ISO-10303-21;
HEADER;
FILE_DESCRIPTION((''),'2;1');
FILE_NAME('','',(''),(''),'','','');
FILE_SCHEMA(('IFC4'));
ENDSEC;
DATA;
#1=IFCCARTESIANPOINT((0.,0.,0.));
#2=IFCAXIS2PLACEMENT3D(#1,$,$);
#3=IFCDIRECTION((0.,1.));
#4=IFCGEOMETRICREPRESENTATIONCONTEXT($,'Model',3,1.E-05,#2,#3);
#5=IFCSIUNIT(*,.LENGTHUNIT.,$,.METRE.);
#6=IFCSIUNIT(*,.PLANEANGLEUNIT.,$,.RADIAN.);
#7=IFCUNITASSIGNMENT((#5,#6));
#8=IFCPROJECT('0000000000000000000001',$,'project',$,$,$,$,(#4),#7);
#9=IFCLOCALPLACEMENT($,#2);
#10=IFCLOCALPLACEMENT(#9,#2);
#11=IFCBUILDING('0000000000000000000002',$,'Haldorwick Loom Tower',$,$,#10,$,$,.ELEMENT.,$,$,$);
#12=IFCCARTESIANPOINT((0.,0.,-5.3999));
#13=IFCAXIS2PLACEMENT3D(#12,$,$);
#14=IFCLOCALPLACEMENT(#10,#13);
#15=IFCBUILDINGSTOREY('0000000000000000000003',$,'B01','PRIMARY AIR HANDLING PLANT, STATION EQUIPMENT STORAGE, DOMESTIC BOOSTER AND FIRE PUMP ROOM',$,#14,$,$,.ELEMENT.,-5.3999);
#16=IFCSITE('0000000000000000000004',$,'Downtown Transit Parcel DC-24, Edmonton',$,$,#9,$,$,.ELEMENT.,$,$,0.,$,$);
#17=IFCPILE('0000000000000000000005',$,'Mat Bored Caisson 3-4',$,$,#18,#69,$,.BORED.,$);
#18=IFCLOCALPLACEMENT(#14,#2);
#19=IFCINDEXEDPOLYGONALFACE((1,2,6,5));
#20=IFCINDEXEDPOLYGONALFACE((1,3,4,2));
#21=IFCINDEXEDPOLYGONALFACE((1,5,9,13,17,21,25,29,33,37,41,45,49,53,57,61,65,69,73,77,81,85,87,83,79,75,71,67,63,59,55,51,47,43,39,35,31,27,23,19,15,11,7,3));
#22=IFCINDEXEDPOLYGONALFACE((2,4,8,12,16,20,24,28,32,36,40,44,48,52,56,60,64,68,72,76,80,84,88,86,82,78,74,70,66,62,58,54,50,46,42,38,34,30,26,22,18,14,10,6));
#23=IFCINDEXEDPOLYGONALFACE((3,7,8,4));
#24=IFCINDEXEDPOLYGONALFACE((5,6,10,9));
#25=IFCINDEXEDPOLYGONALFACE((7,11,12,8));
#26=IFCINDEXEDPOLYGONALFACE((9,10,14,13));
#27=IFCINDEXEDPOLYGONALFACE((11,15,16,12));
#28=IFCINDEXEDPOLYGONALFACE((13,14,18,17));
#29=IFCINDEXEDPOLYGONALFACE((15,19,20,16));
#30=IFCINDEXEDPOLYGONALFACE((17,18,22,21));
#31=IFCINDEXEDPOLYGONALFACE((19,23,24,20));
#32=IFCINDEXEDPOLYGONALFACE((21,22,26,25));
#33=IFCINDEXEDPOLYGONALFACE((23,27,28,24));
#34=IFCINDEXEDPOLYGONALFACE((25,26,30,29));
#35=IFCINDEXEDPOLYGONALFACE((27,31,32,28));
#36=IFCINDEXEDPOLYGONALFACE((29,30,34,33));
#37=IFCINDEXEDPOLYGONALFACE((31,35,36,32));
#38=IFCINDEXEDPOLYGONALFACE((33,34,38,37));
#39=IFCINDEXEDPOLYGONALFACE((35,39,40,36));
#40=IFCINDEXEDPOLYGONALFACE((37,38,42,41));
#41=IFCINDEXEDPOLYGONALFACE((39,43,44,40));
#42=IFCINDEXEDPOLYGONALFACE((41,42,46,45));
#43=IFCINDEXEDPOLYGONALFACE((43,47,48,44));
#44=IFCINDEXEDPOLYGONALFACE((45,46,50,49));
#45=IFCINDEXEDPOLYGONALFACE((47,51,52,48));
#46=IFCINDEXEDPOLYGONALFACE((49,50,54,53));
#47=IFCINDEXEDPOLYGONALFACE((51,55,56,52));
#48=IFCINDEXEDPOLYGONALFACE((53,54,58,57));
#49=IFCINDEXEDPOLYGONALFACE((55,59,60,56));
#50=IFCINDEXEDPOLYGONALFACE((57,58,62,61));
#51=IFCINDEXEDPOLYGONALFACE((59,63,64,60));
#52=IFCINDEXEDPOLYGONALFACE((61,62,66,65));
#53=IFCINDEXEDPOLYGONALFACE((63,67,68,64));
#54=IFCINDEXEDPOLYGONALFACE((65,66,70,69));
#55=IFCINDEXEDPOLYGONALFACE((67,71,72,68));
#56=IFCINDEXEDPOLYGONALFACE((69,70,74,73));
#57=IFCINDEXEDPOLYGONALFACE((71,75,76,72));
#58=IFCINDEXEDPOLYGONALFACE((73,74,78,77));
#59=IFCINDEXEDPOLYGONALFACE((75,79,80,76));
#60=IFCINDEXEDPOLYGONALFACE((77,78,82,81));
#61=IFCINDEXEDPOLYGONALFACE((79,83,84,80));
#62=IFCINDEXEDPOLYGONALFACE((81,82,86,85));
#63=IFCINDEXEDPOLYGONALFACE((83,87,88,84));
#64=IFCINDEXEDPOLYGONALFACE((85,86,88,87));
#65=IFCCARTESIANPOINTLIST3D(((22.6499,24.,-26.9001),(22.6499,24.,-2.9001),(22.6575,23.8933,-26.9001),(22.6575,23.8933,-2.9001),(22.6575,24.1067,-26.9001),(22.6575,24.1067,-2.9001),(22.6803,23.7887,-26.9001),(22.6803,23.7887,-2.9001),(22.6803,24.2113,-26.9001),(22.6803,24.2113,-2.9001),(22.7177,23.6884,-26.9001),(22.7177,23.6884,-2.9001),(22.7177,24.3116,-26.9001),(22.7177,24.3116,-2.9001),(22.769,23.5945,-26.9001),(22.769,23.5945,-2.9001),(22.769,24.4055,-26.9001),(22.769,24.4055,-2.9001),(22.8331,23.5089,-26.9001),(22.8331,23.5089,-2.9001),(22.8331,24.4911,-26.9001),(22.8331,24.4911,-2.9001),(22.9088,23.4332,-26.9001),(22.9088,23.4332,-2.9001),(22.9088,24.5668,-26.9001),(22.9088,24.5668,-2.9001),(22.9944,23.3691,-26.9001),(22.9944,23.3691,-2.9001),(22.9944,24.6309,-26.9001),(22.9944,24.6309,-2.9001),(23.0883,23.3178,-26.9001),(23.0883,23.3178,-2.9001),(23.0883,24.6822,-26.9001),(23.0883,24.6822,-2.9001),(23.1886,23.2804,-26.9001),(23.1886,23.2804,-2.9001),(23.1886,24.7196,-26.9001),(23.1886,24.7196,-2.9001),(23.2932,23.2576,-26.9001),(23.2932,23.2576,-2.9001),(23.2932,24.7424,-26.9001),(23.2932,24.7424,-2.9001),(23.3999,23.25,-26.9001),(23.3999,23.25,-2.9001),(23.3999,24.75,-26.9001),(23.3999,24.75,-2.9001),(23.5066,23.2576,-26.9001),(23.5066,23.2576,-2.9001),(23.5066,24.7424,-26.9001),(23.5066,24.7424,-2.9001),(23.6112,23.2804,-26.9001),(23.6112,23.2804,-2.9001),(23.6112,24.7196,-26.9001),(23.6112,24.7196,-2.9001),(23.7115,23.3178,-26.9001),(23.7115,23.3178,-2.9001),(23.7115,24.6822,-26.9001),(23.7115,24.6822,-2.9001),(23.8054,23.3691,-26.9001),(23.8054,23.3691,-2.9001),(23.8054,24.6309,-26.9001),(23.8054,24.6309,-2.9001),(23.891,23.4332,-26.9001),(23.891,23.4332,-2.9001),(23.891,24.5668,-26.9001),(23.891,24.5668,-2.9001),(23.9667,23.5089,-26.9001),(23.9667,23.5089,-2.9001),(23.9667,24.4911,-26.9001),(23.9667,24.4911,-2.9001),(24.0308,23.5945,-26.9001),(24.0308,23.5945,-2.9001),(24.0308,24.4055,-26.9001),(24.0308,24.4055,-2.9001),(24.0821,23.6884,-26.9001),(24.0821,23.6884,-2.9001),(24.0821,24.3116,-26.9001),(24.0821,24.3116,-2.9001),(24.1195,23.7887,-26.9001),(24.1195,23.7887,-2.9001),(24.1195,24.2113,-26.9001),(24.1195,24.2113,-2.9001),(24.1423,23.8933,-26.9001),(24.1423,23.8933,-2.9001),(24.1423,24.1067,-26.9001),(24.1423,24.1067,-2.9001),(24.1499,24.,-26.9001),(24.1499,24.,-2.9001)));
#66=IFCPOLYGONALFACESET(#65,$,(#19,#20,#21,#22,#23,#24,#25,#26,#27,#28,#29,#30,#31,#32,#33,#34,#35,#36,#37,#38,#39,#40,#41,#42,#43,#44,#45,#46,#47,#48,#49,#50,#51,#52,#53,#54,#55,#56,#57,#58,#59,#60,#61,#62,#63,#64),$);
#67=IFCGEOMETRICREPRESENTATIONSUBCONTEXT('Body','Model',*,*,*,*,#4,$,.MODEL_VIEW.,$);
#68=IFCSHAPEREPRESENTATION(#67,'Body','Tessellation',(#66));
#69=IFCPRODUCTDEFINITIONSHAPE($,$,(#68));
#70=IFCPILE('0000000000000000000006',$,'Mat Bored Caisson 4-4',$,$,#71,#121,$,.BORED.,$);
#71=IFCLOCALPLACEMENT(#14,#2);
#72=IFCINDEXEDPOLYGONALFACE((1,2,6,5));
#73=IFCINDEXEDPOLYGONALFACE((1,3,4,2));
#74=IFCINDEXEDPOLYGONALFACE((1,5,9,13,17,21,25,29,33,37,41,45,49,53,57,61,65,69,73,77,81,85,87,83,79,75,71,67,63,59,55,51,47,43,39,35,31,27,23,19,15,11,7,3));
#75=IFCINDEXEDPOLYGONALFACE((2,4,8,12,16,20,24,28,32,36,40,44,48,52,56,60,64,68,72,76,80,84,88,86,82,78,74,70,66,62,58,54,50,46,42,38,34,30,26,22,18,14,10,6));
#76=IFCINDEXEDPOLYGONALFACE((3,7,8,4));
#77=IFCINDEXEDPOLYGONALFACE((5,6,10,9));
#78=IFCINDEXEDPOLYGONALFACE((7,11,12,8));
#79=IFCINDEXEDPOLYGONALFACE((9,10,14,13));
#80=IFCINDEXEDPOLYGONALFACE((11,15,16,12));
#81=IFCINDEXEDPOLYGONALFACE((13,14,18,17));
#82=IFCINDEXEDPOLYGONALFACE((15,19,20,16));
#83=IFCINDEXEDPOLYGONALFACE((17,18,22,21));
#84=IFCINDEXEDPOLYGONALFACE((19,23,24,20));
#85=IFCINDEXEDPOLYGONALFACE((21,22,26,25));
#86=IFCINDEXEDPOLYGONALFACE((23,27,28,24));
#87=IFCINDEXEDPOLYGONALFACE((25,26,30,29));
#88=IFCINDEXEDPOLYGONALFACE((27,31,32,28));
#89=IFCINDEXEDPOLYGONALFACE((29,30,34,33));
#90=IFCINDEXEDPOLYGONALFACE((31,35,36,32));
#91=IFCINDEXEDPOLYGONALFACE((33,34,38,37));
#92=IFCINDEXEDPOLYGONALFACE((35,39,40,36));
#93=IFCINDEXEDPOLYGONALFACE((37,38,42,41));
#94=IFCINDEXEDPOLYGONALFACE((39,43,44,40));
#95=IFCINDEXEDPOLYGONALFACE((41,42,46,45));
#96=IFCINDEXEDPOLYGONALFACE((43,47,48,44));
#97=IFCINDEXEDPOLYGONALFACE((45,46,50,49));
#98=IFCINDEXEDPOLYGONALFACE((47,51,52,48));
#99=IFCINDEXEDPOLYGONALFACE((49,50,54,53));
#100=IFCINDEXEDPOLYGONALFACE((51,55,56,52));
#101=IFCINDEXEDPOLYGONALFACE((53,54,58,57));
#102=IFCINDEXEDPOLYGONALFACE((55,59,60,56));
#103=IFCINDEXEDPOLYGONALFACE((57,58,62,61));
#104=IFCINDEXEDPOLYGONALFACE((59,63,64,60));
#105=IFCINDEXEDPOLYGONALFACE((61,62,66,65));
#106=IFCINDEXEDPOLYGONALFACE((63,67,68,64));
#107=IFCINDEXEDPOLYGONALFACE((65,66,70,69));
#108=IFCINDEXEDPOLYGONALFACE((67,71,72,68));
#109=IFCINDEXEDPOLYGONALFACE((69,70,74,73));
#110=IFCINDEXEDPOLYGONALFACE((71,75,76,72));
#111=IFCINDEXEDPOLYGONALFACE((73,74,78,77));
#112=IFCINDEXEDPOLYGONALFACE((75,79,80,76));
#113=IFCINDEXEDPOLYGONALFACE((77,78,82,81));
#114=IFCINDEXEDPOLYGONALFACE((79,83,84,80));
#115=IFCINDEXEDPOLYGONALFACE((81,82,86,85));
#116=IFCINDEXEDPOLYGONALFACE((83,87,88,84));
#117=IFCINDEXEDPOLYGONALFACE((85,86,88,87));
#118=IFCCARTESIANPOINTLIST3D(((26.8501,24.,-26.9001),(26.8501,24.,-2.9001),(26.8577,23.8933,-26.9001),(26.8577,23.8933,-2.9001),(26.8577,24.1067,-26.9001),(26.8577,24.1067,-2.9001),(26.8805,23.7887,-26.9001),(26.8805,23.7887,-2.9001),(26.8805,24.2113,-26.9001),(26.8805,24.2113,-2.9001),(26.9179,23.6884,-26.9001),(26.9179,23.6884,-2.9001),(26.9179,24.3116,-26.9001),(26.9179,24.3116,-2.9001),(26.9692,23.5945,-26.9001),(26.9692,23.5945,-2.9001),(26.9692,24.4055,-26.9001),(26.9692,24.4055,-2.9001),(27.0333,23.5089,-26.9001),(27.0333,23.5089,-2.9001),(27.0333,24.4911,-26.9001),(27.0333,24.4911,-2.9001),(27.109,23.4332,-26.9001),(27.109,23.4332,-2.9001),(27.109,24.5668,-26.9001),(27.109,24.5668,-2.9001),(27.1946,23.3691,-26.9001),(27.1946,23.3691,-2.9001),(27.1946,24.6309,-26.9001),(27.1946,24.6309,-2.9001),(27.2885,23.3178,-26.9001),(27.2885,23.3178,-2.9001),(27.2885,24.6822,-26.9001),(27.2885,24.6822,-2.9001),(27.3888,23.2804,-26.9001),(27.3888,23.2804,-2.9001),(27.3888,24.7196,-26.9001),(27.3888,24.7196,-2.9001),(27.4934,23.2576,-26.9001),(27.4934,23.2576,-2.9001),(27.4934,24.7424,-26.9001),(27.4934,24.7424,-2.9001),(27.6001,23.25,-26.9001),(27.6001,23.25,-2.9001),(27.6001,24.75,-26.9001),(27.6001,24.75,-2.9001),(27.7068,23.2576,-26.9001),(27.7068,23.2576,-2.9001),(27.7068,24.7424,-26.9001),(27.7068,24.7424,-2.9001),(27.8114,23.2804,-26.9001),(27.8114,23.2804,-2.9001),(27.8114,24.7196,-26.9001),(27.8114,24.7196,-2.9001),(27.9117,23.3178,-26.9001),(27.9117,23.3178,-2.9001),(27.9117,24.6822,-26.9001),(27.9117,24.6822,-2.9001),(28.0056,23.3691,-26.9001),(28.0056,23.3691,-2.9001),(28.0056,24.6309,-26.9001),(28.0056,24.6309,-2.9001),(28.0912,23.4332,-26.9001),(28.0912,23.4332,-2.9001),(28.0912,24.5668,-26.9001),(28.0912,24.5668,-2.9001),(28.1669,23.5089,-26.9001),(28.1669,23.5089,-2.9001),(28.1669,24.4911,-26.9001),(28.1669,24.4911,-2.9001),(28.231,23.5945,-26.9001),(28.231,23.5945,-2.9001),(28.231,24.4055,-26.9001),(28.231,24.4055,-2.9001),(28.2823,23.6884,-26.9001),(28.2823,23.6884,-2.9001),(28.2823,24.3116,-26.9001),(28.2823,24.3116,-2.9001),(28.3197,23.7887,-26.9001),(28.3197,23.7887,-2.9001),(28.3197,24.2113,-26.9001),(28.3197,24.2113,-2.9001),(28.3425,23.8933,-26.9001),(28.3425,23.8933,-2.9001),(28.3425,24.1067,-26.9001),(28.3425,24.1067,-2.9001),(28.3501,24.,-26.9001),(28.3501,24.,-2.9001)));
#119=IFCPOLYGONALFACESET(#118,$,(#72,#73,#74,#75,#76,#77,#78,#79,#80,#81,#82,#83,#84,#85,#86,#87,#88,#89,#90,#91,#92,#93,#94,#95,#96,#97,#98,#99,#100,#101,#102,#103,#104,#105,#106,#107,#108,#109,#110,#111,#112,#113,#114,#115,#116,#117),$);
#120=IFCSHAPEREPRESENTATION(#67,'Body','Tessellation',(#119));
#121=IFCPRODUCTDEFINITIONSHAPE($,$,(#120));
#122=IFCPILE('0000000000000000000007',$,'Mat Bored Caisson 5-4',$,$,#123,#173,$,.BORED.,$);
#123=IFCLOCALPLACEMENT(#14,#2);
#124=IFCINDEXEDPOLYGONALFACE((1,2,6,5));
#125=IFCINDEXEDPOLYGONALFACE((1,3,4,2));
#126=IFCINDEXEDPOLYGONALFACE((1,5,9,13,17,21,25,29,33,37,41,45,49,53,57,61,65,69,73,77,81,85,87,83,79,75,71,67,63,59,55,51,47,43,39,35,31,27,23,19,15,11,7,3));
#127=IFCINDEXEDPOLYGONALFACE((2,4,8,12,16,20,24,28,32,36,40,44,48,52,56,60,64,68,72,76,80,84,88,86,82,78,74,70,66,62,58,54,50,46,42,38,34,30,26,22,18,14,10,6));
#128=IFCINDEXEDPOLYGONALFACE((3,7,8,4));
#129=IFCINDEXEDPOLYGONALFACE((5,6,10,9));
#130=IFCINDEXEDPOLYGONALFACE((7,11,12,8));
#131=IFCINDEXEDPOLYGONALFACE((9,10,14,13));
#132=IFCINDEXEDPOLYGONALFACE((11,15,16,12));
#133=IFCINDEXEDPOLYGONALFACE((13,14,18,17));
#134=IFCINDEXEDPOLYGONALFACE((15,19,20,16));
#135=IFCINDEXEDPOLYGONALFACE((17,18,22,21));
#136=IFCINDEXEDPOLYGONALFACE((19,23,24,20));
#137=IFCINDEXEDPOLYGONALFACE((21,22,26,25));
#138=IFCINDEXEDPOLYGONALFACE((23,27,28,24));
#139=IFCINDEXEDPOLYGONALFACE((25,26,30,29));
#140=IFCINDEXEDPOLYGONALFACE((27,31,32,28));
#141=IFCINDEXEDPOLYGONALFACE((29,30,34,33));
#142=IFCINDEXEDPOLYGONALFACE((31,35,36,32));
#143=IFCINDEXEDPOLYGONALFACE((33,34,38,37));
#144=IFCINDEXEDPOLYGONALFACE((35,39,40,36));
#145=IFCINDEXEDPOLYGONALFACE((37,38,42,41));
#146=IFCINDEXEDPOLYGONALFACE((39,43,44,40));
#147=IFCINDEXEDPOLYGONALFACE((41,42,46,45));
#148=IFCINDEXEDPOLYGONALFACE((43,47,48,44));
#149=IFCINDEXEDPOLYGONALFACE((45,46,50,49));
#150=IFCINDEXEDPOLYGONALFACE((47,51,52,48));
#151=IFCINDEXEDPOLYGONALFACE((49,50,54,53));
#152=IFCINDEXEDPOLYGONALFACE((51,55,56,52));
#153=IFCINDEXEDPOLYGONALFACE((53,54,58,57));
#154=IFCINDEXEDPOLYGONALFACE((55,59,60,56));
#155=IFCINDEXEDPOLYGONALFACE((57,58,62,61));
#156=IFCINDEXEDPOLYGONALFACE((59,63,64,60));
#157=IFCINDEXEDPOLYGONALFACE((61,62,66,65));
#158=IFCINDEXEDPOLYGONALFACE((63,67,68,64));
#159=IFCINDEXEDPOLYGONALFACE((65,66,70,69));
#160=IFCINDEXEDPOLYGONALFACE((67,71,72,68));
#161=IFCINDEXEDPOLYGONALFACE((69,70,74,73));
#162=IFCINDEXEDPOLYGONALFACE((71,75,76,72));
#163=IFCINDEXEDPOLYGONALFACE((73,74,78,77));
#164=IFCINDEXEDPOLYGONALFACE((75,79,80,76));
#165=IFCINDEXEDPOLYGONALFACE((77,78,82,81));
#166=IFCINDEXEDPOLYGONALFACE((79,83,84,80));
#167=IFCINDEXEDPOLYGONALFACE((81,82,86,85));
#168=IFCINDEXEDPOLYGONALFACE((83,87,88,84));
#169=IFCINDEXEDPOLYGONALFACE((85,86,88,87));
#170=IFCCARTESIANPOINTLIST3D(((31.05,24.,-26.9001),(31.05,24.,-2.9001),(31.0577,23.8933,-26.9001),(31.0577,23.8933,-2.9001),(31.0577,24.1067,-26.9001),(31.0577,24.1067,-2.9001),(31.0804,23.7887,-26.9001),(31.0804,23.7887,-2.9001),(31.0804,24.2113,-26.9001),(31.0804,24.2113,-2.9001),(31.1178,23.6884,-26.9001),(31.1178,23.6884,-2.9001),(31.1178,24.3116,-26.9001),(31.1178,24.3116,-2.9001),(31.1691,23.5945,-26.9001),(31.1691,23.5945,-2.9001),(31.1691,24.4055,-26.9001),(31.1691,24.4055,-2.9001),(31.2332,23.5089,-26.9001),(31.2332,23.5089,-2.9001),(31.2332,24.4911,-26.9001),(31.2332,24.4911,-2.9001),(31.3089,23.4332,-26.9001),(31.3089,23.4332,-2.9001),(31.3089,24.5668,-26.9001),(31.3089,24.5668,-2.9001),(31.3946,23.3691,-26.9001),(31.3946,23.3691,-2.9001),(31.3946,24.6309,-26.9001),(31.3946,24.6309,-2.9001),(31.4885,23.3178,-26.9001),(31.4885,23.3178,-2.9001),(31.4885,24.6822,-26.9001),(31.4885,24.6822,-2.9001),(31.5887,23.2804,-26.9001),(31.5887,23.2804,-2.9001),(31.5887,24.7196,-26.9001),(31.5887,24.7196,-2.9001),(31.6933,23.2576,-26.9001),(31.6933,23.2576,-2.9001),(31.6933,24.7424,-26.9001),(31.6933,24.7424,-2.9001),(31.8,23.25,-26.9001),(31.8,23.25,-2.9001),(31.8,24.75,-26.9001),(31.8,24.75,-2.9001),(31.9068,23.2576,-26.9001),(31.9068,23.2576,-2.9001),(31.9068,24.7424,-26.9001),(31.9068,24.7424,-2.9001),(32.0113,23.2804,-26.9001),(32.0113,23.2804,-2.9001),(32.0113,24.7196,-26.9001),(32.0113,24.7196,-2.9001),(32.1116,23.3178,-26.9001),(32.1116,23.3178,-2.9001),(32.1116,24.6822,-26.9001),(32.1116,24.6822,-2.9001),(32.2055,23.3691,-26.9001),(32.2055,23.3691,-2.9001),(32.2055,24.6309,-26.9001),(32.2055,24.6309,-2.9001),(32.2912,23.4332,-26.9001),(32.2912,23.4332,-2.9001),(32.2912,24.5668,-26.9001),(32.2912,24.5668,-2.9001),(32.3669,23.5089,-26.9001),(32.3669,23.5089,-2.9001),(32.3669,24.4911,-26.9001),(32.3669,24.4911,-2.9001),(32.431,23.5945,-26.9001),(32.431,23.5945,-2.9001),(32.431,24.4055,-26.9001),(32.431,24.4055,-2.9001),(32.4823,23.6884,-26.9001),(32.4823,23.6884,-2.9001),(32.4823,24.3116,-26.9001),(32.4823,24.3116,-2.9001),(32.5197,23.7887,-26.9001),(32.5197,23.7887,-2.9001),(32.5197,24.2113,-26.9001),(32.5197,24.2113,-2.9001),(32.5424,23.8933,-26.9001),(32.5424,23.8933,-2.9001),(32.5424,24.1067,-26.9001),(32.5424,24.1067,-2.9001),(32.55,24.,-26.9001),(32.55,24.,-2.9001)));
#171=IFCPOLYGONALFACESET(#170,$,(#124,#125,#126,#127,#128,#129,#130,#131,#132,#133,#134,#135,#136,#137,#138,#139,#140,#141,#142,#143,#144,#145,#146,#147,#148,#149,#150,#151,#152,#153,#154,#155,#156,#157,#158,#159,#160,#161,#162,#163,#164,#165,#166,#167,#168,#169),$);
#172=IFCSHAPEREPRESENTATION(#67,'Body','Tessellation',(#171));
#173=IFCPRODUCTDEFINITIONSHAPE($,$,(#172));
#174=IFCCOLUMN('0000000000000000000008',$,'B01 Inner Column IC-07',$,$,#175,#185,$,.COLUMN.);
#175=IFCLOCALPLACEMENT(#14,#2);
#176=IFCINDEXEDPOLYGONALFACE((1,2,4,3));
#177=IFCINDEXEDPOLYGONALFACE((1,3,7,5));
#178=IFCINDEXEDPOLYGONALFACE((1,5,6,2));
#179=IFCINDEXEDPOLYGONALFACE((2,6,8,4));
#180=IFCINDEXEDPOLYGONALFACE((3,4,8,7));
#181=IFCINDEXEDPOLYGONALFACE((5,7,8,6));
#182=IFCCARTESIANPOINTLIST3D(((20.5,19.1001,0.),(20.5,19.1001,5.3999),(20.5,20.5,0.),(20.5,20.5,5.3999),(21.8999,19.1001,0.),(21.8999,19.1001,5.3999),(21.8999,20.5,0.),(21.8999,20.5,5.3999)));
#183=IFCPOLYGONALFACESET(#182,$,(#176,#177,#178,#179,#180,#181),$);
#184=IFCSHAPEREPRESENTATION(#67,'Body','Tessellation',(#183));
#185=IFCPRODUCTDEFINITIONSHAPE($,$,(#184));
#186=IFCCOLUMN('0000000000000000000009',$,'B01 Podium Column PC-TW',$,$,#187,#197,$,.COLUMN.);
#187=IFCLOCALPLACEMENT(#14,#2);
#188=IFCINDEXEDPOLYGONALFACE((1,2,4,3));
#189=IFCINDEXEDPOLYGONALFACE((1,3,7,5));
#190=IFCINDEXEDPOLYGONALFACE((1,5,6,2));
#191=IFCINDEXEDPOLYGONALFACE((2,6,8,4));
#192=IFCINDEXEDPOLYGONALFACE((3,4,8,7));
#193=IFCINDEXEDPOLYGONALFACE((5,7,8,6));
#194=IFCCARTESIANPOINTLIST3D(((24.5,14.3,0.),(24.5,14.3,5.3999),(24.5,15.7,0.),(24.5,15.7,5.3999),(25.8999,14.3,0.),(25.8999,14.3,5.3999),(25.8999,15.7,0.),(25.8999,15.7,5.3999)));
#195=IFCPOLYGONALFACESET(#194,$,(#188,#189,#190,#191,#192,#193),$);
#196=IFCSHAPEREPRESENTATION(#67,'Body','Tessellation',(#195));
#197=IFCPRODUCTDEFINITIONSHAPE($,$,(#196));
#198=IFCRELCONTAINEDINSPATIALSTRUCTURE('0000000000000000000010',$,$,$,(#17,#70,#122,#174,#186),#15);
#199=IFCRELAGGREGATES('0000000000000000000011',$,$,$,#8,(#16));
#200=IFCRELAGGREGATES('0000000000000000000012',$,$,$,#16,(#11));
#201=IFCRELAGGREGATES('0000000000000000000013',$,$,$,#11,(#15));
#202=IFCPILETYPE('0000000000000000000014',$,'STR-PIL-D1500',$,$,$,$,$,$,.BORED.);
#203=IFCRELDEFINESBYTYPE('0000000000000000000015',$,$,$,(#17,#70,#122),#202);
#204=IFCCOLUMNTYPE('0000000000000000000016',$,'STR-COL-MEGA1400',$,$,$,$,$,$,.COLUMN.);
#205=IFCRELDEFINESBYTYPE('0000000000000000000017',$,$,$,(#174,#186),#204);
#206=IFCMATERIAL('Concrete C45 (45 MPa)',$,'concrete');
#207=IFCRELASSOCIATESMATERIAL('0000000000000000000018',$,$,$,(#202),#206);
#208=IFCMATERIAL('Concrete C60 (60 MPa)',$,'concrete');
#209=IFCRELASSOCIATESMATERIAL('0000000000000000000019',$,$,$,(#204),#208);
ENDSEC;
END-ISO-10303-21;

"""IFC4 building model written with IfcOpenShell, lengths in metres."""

from ifc_helpers import new_model, si_unit, direction, frame, origin, origin_2d, place, context, subcontext, project, spatial, rectangle, circle, extrude, material, material_profile, profile_set, type_object, element, save


model = new_model("IFC4")

# Units and contexts
model_context = context("Model", 3, precision=1e-05, world=origin(), true_north=direction((0.0, 1.0)))
body_context = subcontext(model_context, "Body", "Model", "MODEL_VIEW")
ifc_project = project(units=[si_unit("LENGTHUNIT", "METRE"), si_unit("PLANEANGLEUNIT", "RADIAN")], contexts=[model_context])

# Site, building, storey
site_placement = place(None, origin())
site = spatial("IfcSite", under=ifc_project, at=site_placement, Name="Downtown Transit Parcel DC-24, Edmonton", CompositionType="ELEMENT", RefElevation=0.0)
building_placement = place(site_placement, origin())
building = spatial("IfcBuilding", under=site, at=building_placement, Name="Haldorwick Loom Tower", CompositionType="ELEMENT")
storey_placement = place(building_placement, frame((0.0, 0.0, -5.3999)))
storey = spatial("IfcBuildingStorey", under=building, at=storey_placement, Name="B01", Description="PRIMARY AIR HANDLING PLANT, STATION EQUIPMENT STORAGE, DOMESTIC BOOSTER AND FIRE PUMP ROOM", CompositionType="ELEMENT", Elevation=-5.3999)

# Piles
ifc_material_1 = material(Name="Concrete C45 (45 MPa)", Category="concrete")
ifc_material_profile_1 = material_profile(ifc_material_1, circle(Radius=0.75, at=origin_2d()), Name="CAISSON_D1500", Category="concrete")
ifc_profile_set_1 = profile_set([ifc_material_profile_1], Name="Concrete C45 (45 MPa)")
pile_type_1 = type_object("IfcPileType", Name="STR-PIL-D1500", PredefinedType="BORED", material=ifc_profile_set_1)
for number, where, z_axis, x_axis, name in (
    (1, (23.3999, 24.0, -2.9001), (0.0, 0.0, -1.0), (1.0, 0.0, 0.0), "Mat Bored Caisson 3-4"),
    (2, (27.6001, 24.0, -2.9001), (0.0, 0.0, -1.0), (1.0, 0.0, 0.0), "Mat Bored Caisson 4-4"),
    (3, (31.8, 24.0, -2.9001), (0.0, 0.0, -1.0), (1.0, 0.0, 0.0), "Mat Bored Caisson 5-4"),
):
    element("IfcPile", number, at=place(storey_placement, frame(where, z_axis=z_axis, x_axis=x_axis)), inside=storey, type_object=pile_type_1, Name=name, PredefinedType="BORED", context=body_context, shape_type="SweptSolid", body=[
        extrude(circle(Radius=0.75, at=origin_2d()), origin(), (0.0, 0.0, 1.0), 24.0),
    ])

# Columns
ifc_material_2 = material(Name="Concrete C60 (60 MPa)", Category="concrete")
ifc_material_profile_2 = material_profile(ifc_material_2, rectangle(XDim=1.3999, YDim=1.3999, at=origin_2d()), Name="RC1400X1400", Category="concrete")
ifc_profile_set_2 = profile_set([ifc_material_profile_2], Name="Concrete C60 (60 MPa)")
column_type = type_object("IfcColumnType", Name="STR-COL-MEGA1400", PredefinedType="COLUMN", material=ifc_profile_set_2)
for number, where, z_axis, x_axis, name in (
    (4, (21.2, 19.8, 0.0), (0.0, 0.0, 1.0), (1.0, 0.0, 0.0), "B01 Inner Column IC-07"),
    (5, (25.2, 15.0, 0.0), (0.0, 0.0, 1.0), (1.0, 0.0, 0.0), "B01 Podium Column PC-TW"),
):
    element("IfcColumn", number, at=place(storey_placement, frame(where, z_axis=z_axis, x_axis=x_axis)), inside=storey, type_object=column_type, Name=name, PredefinedType="COLUMN", context=body_context, shape_type="SweptSolid", body=[
        extrude(rectangle(XDim=1.3999, YDim=1.3999, at=origin_2d()), origin(), (0.0, 0.0, 1.0), 5.3999),
    ])

save(model, "model.ifc")
